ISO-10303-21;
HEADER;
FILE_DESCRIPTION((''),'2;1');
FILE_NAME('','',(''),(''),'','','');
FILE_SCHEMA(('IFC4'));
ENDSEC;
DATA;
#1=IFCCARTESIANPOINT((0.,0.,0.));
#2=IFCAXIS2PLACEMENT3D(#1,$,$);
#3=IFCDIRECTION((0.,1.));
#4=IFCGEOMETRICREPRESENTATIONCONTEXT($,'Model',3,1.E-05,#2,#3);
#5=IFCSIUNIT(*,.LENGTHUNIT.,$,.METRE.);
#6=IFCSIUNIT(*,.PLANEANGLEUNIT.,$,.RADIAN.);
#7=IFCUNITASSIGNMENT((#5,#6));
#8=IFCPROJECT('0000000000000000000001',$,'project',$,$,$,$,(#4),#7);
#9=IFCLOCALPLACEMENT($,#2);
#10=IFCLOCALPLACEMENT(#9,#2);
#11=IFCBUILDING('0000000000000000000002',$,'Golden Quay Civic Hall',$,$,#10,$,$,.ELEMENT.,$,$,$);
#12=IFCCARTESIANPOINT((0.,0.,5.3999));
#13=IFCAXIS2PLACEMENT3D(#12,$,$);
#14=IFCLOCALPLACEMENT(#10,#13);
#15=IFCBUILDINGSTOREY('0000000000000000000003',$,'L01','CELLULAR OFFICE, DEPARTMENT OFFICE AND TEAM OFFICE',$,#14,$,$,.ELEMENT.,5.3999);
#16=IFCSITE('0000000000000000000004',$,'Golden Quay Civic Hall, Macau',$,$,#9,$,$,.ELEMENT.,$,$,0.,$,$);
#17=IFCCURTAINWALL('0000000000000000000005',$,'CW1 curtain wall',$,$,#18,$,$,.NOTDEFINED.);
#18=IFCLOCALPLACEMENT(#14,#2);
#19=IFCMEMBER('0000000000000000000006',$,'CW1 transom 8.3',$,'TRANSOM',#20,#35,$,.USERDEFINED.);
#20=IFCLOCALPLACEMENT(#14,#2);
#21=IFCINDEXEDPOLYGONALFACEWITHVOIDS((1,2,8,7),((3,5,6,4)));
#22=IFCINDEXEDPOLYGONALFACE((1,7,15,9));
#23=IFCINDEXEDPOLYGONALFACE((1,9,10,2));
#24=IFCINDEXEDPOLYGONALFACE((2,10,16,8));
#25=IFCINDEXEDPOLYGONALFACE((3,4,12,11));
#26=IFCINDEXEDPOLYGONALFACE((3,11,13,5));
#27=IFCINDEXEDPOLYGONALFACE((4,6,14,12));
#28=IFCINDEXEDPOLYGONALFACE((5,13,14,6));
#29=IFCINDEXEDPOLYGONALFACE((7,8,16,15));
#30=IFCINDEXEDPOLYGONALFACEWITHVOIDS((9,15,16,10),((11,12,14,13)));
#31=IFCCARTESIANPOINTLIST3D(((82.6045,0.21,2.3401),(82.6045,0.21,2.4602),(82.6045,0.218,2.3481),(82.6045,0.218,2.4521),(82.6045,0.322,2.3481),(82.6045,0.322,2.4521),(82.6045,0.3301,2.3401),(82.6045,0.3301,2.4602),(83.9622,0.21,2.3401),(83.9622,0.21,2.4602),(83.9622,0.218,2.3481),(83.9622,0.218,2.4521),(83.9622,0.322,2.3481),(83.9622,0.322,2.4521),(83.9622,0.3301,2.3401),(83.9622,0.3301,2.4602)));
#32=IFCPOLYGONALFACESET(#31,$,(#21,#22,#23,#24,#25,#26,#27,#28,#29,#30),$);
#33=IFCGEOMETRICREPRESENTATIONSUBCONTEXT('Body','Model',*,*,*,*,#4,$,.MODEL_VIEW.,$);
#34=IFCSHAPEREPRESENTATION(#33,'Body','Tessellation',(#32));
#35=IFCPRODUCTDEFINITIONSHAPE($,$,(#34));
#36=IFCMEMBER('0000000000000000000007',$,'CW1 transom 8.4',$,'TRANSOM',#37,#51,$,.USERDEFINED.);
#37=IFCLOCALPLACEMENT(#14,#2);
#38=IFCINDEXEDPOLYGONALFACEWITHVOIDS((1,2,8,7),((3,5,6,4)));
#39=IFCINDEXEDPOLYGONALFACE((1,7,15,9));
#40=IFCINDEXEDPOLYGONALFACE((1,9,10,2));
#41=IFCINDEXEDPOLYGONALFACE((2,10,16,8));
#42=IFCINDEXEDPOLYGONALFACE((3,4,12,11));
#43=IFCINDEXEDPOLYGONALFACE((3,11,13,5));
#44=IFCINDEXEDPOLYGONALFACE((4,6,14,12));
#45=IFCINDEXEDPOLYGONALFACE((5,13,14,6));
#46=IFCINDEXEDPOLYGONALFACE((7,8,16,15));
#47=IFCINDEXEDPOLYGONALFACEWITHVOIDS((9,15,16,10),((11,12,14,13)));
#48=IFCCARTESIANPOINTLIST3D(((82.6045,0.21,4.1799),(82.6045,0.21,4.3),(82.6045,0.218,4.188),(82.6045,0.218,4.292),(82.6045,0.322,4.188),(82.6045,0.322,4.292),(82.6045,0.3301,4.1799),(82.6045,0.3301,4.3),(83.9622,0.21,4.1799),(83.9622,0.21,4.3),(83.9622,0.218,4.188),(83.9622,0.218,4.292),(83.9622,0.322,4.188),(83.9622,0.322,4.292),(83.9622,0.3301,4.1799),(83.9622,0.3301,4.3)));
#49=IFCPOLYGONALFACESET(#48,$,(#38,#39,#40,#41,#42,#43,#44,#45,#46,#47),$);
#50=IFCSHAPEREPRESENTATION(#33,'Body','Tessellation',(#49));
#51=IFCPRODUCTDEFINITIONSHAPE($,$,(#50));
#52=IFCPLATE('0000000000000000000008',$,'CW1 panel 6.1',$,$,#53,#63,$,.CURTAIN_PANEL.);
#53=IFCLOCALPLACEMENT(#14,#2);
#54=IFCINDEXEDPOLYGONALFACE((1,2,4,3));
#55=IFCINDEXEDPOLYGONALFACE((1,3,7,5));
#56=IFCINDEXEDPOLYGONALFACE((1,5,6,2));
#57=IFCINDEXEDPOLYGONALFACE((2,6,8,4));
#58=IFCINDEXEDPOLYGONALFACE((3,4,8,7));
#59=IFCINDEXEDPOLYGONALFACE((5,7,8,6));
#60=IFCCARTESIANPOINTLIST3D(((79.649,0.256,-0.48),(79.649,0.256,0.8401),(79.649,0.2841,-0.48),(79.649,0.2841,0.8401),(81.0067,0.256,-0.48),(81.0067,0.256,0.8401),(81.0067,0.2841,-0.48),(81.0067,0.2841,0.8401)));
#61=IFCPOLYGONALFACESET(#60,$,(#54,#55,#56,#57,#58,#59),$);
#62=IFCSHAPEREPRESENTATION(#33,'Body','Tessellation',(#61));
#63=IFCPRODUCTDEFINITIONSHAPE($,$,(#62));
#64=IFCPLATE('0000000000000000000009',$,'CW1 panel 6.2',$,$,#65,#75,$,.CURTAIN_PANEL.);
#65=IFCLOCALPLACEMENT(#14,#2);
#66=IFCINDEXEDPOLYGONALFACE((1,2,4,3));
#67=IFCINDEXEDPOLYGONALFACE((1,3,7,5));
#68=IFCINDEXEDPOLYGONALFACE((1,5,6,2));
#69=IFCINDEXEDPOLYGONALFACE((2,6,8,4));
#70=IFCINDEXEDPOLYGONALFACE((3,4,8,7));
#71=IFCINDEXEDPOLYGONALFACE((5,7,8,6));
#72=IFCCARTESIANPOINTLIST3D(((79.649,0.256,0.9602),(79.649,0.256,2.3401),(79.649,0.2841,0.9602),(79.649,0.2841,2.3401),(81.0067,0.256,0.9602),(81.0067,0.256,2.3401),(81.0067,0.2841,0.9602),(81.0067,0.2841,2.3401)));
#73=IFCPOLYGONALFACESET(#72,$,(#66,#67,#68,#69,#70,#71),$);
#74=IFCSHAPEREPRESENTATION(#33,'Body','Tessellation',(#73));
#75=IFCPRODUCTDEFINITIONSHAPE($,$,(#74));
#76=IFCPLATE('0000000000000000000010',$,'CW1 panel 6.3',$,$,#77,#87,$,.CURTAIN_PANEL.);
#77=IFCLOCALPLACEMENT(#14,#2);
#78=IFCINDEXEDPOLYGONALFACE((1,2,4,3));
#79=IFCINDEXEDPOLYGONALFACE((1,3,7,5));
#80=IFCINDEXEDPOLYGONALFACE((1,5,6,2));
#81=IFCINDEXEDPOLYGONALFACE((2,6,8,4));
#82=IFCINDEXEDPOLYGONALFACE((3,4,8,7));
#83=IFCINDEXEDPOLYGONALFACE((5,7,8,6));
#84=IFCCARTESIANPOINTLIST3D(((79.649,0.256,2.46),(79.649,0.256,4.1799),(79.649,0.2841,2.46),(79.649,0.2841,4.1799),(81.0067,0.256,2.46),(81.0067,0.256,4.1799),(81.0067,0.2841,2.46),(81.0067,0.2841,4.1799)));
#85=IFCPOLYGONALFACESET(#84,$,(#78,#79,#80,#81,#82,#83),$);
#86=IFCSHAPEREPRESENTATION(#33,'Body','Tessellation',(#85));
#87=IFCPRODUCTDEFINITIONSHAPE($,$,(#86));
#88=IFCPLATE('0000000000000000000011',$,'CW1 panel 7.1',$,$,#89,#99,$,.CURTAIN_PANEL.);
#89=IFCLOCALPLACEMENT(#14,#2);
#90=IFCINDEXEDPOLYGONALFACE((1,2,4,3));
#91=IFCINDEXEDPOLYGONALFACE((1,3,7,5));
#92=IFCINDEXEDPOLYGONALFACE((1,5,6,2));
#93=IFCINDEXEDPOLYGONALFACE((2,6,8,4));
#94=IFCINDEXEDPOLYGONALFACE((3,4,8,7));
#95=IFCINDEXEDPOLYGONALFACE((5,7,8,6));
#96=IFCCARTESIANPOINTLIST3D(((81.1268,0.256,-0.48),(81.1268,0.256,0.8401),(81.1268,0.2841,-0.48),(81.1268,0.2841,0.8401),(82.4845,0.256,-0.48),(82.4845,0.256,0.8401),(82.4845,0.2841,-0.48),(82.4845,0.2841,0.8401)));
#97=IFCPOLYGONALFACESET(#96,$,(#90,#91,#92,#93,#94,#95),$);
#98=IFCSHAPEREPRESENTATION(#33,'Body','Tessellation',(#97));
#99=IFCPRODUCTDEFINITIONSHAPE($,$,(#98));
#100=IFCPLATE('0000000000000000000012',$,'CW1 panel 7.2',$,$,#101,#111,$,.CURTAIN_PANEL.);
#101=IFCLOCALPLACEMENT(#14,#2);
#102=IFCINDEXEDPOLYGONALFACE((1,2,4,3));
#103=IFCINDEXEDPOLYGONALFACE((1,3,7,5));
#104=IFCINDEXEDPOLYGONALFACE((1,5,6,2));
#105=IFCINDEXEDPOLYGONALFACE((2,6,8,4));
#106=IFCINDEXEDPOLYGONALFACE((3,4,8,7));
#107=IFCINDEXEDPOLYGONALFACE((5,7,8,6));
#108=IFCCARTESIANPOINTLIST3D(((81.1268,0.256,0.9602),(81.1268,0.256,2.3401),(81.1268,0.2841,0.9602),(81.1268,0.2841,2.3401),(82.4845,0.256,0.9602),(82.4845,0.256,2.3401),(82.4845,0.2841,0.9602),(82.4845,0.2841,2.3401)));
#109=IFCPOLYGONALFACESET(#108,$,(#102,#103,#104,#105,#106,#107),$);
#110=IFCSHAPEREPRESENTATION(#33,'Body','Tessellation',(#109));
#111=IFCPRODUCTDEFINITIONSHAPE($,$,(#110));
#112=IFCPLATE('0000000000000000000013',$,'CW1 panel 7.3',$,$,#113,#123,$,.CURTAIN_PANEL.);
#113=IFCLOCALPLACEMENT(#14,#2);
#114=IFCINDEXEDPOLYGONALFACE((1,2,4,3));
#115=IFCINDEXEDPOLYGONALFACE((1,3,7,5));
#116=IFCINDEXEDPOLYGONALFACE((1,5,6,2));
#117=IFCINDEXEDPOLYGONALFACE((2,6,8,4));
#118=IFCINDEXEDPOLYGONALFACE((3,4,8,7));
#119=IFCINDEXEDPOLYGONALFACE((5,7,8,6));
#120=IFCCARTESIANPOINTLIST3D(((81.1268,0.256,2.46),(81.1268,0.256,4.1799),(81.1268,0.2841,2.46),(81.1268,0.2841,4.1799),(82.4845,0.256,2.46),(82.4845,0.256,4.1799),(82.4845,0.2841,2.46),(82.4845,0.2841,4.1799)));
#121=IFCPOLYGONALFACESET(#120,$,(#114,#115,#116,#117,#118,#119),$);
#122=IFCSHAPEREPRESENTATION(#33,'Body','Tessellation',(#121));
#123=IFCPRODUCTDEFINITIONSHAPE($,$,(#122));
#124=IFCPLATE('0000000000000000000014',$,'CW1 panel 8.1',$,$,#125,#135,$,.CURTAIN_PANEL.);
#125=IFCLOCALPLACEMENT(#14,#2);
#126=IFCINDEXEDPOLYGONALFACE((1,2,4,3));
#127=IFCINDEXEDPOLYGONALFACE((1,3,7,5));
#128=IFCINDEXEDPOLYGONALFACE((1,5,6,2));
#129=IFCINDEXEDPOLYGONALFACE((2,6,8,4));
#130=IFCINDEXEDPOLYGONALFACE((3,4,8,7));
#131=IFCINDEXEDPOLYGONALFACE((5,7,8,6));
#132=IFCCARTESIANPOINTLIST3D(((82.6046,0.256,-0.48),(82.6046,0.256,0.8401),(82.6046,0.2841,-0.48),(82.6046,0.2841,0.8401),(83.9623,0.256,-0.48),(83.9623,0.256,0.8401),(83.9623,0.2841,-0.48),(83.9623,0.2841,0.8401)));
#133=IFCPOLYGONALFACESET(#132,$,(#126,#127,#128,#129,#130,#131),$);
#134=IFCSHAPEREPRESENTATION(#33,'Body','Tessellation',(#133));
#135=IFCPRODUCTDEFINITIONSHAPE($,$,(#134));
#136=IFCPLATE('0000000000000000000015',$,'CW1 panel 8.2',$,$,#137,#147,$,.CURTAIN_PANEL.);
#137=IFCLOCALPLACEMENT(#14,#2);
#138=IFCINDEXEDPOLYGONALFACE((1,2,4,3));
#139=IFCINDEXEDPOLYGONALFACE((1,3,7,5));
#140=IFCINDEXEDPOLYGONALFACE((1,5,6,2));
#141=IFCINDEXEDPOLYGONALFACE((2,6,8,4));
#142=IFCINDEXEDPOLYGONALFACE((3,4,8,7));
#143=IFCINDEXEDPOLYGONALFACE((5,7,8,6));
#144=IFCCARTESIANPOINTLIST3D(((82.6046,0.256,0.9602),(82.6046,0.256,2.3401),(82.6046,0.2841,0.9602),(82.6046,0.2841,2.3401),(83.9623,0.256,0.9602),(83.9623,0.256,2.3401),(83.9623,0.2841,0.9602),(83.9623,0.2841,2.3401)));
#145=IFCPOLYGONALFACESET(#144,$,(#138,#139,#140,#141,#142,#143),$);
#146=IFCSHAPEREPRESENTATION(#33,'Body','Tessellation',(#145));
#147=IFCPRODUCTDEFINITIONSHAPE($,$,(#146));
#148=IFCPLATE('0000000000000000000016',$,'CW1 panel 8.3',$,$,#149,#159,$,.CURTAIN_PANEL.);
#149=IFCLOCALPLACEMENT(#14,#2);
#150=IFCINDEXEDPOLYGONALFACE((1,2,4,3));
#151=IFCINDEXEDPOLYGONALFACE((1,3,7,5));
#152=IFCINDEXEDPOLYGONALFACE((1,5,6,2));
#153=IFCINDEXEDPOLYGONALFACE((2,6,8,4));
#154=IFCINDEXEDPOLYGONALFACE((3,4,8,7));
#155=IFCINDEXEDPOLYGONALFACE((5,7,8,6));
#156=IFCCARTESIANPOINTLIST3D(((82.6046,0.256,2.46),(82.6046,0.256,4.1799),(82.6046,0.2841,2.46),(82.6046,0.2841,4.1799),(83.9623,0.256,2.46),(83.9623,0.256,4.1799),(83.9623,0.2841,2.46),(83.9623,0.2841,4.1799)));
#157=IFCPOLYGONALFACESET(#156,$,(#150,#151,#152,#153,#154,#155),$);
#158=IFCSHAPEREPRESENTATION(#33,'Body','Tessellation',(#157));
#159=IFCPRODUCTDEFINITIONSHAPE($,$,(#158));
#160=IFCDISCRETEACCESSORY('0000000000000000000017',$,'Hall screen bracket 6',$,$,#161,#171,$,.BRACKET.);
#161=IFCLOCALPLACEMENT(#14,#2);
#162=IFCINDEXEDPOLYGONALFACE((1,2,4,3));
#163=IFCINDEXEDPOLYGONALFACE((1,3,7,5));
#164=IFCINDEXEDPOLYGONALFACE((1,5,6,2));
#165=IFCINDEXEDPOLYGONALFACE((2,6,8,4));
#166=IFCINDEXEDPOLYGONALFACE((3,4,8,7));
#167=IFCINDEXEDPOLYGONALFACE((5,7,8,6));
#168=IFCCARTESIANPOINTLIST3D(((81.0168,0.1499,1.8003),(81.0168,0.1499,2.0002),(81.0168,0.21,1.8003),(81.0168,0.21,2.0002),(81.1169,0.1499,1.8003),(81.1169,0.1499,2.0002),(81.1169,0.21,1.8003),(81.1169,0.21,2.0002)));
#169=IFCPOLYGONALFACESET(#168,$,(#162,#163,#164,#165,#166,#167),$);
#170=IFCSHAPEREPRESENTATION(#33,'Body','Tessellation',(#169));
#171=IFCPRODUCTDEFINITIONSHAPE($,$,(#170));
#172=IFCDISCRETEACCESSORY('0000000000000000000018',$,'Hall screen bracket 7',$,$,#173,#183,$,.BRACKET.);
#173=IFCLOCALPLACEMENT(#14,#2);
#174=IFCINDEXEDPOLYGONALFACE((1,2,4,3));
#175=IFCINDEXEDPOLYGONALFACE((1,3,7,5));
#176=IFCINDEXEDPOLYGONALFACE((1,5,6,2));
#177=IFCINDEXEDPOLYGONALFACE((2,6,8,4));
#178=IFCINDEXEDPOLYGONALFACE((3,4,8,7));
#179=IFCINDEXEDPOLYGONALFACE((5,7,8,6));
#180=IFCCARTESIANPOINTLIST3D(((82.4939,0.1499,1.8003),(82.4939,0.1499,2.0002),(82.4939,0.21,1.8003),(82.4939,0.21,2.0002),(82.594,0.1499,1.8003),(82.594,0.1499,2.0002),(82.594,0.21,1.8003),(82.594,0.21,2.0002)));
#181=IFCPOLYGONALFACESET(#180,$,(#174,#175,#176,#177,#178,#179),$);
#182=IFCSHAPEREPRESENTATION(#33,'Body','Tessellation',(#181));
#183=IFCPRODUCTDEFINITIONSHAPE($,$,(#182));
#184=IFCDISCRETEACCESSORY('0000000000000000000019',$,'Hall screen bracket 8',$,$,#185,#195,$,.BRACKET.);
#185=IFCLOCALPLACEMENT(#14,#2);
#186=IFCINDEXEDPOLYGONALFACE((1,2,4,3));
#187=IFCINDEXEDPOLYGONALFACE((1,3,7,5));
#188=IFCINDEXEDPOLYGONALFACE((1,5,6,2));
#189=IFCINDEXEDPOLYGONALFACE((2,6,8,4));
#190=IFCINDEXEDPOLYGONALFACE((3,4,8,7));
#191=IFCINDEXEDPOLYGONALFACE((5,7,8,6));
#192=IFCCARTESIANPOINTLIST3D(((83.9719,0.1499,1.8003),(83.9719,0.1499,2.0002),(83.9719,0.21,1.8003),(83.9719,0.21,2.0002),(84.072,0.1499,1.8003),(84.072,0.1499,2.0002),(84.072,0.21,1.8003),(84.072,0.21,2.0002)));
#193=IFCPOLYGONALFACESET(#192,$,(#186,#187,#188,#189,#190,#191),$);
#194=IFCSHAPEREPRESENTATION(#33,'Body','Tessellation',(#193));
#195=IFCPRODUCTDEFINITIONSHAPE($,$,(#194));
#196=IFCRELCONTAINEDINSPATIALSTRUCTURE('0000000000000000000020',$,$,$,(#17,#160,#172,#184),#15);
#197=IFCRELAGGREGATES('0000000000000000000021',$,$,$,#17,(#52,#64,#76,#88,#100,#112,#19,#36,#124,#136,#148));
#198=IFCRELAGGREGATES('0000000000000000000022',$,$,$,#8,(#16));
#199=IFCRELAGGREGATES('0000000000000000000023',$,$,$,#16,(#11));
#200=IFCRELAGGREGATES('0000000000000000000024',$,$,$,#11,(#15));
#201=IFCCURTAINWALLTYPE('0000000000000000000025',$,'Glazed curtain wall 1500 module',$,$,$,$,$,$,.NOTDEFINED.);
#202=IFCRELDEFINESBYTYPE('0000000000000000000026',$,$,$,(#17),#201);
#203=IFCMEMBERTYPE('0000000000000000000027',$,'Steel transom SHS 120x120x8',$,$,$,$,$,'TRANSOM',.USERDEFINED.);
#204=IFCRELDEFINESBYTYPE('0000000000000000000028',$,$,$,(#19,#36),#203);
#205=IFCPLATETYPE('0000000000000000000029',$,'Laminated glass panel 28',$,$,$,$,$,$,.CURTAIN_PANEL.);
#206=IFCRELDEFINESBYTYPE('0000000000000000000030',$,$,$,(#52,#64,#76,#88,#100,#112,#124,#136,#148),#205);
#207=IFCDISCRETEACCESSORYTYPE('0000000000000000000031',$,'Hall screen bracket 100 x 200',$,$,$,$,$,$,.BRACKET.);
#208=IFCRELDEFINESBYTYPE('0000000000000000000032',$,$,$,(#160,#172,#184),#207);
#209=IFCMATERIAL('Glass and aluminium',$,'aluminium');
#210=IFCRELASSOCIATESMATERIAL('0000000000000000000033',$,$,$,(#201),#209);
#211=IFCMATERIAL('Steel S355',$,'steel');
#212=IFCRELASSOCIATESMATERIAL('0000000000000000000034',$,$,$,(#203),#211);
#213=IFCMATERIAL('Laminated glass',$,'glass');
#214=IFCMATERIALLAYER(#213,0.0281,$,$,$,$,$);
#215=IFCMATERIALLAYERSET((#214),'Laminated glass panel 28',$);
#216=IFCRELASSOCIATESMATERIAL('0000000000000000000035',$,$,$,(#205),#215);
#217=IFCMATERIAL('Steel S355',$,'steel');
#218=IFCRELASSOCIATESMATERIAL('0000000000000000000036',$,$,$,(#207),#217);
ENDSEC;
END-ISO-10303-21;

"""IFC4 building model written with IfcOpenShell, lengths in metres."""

from ifc_helpers import new_model, si_unit, direction, frame, origin, origin_2d, place, context, subcontext, project, spatial, rectangle, hollow_rectangle, extrude, material, layer, layer_set, material_profile, profile_set, type_object, element, aggregate, save


model = new_model("IFC4")

# Units and contexts
model_context = context("Model", 3, precision=1e-05, world=origin(), true_north=direction((0.0, 1.0)))
body_context = subcontext(model_context, "Body", "Model", "MODEL_VIEW")
ifc_project = project(units=[si_unit("LENGTHUNIT", "METRE"), si_unit("PLANEANGLEUNIT", "RADIAN")], contexts=[model_context])

# Site, building, storey
site_placement = place(None, origin())
site = spatial("IfcSite", under=ifc_project, at=site_placement, Name="Golden Quay Civic Hall, Macau", CompositionType="ELEMENT", RefElevation=0.0)
building_placement = place(site_placement, origin())
building = spatial("IfcBuilding", under=site, at=building_placement, Name="Golden Quay Civic Hall", CompositionType="ELEMENT")
storey_placement = place(building_placement, frame((0.0, 0.0, 5.3999)))
storey = spatial("IfcBuildingStorey", under=building, at=storey_placement, Name="L01", Description="CELLULAR OFFICE, DEPARTMENT OFFICE AND TEAM OFFICE", CompositionType="ELEMENT", Elevation=5.3999)

# Curtain wall, members, plates
ifc_material_1 = material(Name="Glass and aluminium", Category="aluminium")
curtain_wall_type = type_object("IfcCurtainWallType", Name="Glazed curtain wall 1500 module", PredefinedType="NOTDEFINED", material=ifc_material_1)
curtain_wall_placement = place(storey_placement, origin())
curtain_wall = element("IfcCurtainWall", 1, at=curtain_wall_placement, inside=storey, type_object=curtain_wall_type, Name="CW1 curtain wall", PredefinedType="NOTDEFINED")
ifc_material_2 = material(Name="Steel S355", Category="steel")
ifc_material_profile_1 = material_profile(ifc_material_2, hollow_rectangle(XDim=0.1201, YDim=0.1201, WallThickness=0.0081, at=origin_2d()), Name="SHS 120x120x8")
ifc_profile_set_1 = profile_set([ifc_material_profile_1], Name="Steel S355")
member_type_1 = type_object("IfcMemberType", Name="Steel transom SHS 120x120x8", ElementType="TRANSOM", PredefinedType="USERDEFINED", material=ifc_profile_set_1)
member_1_placement = place(storey_placement, frame((82.6045, 0.27, 2.4001), z_axis=(1.0, 0.0, 0.0), x_axis=(0.0, 1.0, 0.0)))
member_1 = element("IfcMember", 2, at=member_1_placement, type_object=member_type_1, Name="CW1 transom 8.3", ObjectType="TRANSOM", PredefinedType="USERDEFINED", context=body_context, shape_type="SweptSolid", body=[
    extrude(hollow_rectangle(XDim=0.1201, YDim=0.1201, WallThickness=0.0081, at=origin_2d()), origin(), (0.0, 0.0, 1.0), 1.3577),
])
member_2_placement = place(storey_placement, frame((82.6045, 0.27, 4.24), z_axis=(1.0, 0.0, 0.0), x_axis=(0.0, 1.0, 0.0)))
member_2 = element("IfcMember", 3, at=member_2_placement, type_object=member_type_1, Name="CW1 transom 8.4", ObjectType="TRANSOM", PredefinedType="USERDEFINED", context=body_context, shape_type="SweptSolid", body=[
    extrude(hollow_rectangle(XDim=0.1201, YDim=0.1201, WallThickness=0.0081, at=origin_2d()), origin(), (0.0, 0.0, 1.0), 1.3577),
])
ifc_material_3 = material(Name="Laminated glass", Category="glass")
ifc_layer = layer(ifc_material_3, 0.0281)
ifc_layer_set = layer_set([ifc_layer], Name="Laminated glass panel 28")
plate_type = type_object("IfcPlateType", Name="Laminated glass panel 28", PredefinedType="CURTAIN_PANEL", material=ifc_layer_set)
plate_1_placement = place(storey_placement, frame((80.3279, 0.27, -0.48), z_axis=(0.0, 0.0, 1.0), x_axis=(1.0, 0.0, 0.0)))
plate_1 = element("IfcPlate", 4, at=plate_1_placement, type_object=plate_type, Name="CW1 panel 6.1", PredefinedType="CURTAIN_PANEL", context=body_context, shape_type="SweptSolid", body=[
    extrude(rectangle(XDim=1.3577, YDim=0.0281, at=origin_2d()), origin(), (0.0, 0.0, 1.0), 1.3201),
])
plate_2_placement = place(storey_placement, frame((80.3279, 0.27, 0.9602), z_axis=(0.0, 0.0, 1.0), x_axis=(1.0, 0.0, 0.0)))
plate_2 = element("IfcPlate", 5, at=plate_2_placement, type_object=plate_type, Name="CW1 panel 6.2", PredefinedType="CURTAIN_PANEL", context=body_context, shape_type="SweptSolid", body=[
    extrude(rectangle(XDim=1.3577, YDim=0.0281, at=origin_2d()), origin(), (0.0, 0.0, 1.0), 1.3799),
])
plate_3_placement = place(storey_placement, frame((80.3279, 0.27, 2.46), z_axis=(0.0, 0.0, 1.0), x_axis=(1.0, 0.0, 0.0)))
plate_3 = element("IfcPlate", 6, at=plate_3_placement, type_object=plate_type, Name="CW1 panel 6.3", PredefinedType="CURTAIN_PANEL", context=body_context, shape_type="SweptSolid", body=[
    extrude(rectangle(XDim=1.3577, YDim=0.0281, at=origin_2d()), origin(), (0.0, 0.0, 1.0), 1.72),
])
plate_4_placement = place(storey_placement, frame((81.8057, 0.27, -0.48), z_axis=(0.0, 0.0, 1.0), x_axis=(1.0, 0.0, 0.0)))
plate_4 = element("IfcPlate", 7, at=plate_4_placement, type_object=plate_type, Name="CW1 panel 7.1", PredefinedType="CURTAIN_PANEL", context=body_context, shape_type="SweptSolid", body=[
    extrude(rectangle(XDim=1.3577, YDim=0.0281, at=origin_2d()), origin(), (0.0, 0.0, 1.0), 1.3201),
])
plate_5_placement = place(storey_placement, frame((81.8057, 0.27, 0.9602), z_axis=(0.0, 0.0, 1.0), x_axis=(1.0, 0.0, 0.0)))
plate_5 = element("IfcPlate", 8, at=plate_5_placement, type_object=plate_type, Name="CW1 panel 7.2", PredefinedType="CURTAIN_PANEL", context=body_context, shape_type="SweptSolid", body=[
    extrude(rectangle(XDim=1.3577, YDim=0.0281, at=origin_2d()), origin(), (0.0, 0.0, 1.0), 1.3799),
])
plate_6_placement = place(storey_placement, frame((81.8057, 0.27, 2.46), z_axis=(0.0, 0.0, 1.0), x_axis=(1.0, 0.0, 0.0)))
plate_6 = element("IfcPlate", 9, at=plate_6_placement, type_object=plate_type, Name="CW1 panel 7.3", PredefinedType="CURTAIN_PANEL", context=body_context, shape_type="SweptSolid", body=[
    extrude(rectangle(XDim=1.3577, YDim=0.0281, at=origin_2d()), origin(), (0.0, 0.0, 1.0), 1.72),
])
plate_7_placement = place(storey_placement, frame((83.2834, 0.27, -0.48), z_axis=(0.0, 0.0, 1.0), x_axis=(1.0, 0.0, 0.0)))
plate_7 = element("IfcPlate", 10, at=plate_7_placement, type_object=plate_type, Name="CW1 panel 8.1", PredefinedType="CURTAIN_PANEL", context=body_context, shape_type="SweptSolid", body=[
    extrude(rectangle(XDim=1.3577, YDim=0.0281, at=origin_2d()), origin(), (0.0, 0.0, 1.0), 1.3201),
])
plate_8_placement = place(storey_placement, frame((83.2834, 0.27, 0.9602), z_axis=(0.0, 0.0, 1.0), x_axis=(1.0, 0.0, 0.0)))
plate_8 = element("IfcPlate", 11, at=plate_8_placement, type_object=plate_type, Name="CW1 panel 8.2", PredefinedType="CURTAIN_PANEL", context=body_context, shape_type="SweptSolid", body=[
    extrude(rectangle(XDim=1.3577, YDim=0.0281, at=origin_2d()), origin(), (0.0, 0.0, 1.0), 1.3799),
])
plate_9_placement = place(storey_placement, frame((83.2834, 0.27, 2.46), z_axis=(0.0, 0.0, 1.0), x_axis=(1.0, 0.0, 0.0)))
plate_9 = element("IfcPlate", 12, at=plate_9_placement, type_object=plate_type, Name="CW1 panel 8.3", PredefinedType="CURTAIN_PANEL", context=body_context, shape_type="SweptSolid", body=[
    extrude(rectangle(XDim=1.3577, YDim=0.0281, at=origin_2d()), origin(), (0.0, 0.0, 1.0), 1.72),
])
aggregate(curtain_wall, [plate_1, plate_2, plate_3, plate_4, plate_5, plate_6, member_1, member_2, plate_7, plate_8, plate_9])

# Discrete accessories
ifc_material_4 = material(Name="Steel S355", Category="steel")
discrete_accessory_type = type_object("IfcDiscreteAccessoryType", Name="Hall screen bracket 100 x 200", PredefinedType="BRACKET", material=ifc_material_4)
for number, where, z_axis, x_axis, name in (
    (13, (81.0669, 0.1799, 1.8003), (0.0, 0.0, 1.0), (1.0, 0.0, 0.0), "Hall screen bracket 6"),
    (14, (82.5439, 0.1799, 1.8003), (0.0, 0.0, 1.0), (1.0, 0.0, 0.0), "Hall screen bracket 7"),
    (15, (84.022, 0.1799, 1.8003), (0.0, 0.0, 1.0), (1.0, 0.0, 0.0), "Hall screen bracket 8"),
):
    element("IfcDiscreteAccessory", number, at=place(storey_placement, frame(where, z_axis=z_axis, x_axis=x_axis)), inside=storey, type_object=discrete_accessory_type, Name=name, PredefinedType="BRACKET", context=body_context, shape_type="SweptSolid", body=[
        extrude(rectangle(XDim=0.1001, YDim=0.0601, at=origin_2d()), origin(), (0.0, 0.0, 1.0), 0.2),
    ])

save(model, "model.ifc")
